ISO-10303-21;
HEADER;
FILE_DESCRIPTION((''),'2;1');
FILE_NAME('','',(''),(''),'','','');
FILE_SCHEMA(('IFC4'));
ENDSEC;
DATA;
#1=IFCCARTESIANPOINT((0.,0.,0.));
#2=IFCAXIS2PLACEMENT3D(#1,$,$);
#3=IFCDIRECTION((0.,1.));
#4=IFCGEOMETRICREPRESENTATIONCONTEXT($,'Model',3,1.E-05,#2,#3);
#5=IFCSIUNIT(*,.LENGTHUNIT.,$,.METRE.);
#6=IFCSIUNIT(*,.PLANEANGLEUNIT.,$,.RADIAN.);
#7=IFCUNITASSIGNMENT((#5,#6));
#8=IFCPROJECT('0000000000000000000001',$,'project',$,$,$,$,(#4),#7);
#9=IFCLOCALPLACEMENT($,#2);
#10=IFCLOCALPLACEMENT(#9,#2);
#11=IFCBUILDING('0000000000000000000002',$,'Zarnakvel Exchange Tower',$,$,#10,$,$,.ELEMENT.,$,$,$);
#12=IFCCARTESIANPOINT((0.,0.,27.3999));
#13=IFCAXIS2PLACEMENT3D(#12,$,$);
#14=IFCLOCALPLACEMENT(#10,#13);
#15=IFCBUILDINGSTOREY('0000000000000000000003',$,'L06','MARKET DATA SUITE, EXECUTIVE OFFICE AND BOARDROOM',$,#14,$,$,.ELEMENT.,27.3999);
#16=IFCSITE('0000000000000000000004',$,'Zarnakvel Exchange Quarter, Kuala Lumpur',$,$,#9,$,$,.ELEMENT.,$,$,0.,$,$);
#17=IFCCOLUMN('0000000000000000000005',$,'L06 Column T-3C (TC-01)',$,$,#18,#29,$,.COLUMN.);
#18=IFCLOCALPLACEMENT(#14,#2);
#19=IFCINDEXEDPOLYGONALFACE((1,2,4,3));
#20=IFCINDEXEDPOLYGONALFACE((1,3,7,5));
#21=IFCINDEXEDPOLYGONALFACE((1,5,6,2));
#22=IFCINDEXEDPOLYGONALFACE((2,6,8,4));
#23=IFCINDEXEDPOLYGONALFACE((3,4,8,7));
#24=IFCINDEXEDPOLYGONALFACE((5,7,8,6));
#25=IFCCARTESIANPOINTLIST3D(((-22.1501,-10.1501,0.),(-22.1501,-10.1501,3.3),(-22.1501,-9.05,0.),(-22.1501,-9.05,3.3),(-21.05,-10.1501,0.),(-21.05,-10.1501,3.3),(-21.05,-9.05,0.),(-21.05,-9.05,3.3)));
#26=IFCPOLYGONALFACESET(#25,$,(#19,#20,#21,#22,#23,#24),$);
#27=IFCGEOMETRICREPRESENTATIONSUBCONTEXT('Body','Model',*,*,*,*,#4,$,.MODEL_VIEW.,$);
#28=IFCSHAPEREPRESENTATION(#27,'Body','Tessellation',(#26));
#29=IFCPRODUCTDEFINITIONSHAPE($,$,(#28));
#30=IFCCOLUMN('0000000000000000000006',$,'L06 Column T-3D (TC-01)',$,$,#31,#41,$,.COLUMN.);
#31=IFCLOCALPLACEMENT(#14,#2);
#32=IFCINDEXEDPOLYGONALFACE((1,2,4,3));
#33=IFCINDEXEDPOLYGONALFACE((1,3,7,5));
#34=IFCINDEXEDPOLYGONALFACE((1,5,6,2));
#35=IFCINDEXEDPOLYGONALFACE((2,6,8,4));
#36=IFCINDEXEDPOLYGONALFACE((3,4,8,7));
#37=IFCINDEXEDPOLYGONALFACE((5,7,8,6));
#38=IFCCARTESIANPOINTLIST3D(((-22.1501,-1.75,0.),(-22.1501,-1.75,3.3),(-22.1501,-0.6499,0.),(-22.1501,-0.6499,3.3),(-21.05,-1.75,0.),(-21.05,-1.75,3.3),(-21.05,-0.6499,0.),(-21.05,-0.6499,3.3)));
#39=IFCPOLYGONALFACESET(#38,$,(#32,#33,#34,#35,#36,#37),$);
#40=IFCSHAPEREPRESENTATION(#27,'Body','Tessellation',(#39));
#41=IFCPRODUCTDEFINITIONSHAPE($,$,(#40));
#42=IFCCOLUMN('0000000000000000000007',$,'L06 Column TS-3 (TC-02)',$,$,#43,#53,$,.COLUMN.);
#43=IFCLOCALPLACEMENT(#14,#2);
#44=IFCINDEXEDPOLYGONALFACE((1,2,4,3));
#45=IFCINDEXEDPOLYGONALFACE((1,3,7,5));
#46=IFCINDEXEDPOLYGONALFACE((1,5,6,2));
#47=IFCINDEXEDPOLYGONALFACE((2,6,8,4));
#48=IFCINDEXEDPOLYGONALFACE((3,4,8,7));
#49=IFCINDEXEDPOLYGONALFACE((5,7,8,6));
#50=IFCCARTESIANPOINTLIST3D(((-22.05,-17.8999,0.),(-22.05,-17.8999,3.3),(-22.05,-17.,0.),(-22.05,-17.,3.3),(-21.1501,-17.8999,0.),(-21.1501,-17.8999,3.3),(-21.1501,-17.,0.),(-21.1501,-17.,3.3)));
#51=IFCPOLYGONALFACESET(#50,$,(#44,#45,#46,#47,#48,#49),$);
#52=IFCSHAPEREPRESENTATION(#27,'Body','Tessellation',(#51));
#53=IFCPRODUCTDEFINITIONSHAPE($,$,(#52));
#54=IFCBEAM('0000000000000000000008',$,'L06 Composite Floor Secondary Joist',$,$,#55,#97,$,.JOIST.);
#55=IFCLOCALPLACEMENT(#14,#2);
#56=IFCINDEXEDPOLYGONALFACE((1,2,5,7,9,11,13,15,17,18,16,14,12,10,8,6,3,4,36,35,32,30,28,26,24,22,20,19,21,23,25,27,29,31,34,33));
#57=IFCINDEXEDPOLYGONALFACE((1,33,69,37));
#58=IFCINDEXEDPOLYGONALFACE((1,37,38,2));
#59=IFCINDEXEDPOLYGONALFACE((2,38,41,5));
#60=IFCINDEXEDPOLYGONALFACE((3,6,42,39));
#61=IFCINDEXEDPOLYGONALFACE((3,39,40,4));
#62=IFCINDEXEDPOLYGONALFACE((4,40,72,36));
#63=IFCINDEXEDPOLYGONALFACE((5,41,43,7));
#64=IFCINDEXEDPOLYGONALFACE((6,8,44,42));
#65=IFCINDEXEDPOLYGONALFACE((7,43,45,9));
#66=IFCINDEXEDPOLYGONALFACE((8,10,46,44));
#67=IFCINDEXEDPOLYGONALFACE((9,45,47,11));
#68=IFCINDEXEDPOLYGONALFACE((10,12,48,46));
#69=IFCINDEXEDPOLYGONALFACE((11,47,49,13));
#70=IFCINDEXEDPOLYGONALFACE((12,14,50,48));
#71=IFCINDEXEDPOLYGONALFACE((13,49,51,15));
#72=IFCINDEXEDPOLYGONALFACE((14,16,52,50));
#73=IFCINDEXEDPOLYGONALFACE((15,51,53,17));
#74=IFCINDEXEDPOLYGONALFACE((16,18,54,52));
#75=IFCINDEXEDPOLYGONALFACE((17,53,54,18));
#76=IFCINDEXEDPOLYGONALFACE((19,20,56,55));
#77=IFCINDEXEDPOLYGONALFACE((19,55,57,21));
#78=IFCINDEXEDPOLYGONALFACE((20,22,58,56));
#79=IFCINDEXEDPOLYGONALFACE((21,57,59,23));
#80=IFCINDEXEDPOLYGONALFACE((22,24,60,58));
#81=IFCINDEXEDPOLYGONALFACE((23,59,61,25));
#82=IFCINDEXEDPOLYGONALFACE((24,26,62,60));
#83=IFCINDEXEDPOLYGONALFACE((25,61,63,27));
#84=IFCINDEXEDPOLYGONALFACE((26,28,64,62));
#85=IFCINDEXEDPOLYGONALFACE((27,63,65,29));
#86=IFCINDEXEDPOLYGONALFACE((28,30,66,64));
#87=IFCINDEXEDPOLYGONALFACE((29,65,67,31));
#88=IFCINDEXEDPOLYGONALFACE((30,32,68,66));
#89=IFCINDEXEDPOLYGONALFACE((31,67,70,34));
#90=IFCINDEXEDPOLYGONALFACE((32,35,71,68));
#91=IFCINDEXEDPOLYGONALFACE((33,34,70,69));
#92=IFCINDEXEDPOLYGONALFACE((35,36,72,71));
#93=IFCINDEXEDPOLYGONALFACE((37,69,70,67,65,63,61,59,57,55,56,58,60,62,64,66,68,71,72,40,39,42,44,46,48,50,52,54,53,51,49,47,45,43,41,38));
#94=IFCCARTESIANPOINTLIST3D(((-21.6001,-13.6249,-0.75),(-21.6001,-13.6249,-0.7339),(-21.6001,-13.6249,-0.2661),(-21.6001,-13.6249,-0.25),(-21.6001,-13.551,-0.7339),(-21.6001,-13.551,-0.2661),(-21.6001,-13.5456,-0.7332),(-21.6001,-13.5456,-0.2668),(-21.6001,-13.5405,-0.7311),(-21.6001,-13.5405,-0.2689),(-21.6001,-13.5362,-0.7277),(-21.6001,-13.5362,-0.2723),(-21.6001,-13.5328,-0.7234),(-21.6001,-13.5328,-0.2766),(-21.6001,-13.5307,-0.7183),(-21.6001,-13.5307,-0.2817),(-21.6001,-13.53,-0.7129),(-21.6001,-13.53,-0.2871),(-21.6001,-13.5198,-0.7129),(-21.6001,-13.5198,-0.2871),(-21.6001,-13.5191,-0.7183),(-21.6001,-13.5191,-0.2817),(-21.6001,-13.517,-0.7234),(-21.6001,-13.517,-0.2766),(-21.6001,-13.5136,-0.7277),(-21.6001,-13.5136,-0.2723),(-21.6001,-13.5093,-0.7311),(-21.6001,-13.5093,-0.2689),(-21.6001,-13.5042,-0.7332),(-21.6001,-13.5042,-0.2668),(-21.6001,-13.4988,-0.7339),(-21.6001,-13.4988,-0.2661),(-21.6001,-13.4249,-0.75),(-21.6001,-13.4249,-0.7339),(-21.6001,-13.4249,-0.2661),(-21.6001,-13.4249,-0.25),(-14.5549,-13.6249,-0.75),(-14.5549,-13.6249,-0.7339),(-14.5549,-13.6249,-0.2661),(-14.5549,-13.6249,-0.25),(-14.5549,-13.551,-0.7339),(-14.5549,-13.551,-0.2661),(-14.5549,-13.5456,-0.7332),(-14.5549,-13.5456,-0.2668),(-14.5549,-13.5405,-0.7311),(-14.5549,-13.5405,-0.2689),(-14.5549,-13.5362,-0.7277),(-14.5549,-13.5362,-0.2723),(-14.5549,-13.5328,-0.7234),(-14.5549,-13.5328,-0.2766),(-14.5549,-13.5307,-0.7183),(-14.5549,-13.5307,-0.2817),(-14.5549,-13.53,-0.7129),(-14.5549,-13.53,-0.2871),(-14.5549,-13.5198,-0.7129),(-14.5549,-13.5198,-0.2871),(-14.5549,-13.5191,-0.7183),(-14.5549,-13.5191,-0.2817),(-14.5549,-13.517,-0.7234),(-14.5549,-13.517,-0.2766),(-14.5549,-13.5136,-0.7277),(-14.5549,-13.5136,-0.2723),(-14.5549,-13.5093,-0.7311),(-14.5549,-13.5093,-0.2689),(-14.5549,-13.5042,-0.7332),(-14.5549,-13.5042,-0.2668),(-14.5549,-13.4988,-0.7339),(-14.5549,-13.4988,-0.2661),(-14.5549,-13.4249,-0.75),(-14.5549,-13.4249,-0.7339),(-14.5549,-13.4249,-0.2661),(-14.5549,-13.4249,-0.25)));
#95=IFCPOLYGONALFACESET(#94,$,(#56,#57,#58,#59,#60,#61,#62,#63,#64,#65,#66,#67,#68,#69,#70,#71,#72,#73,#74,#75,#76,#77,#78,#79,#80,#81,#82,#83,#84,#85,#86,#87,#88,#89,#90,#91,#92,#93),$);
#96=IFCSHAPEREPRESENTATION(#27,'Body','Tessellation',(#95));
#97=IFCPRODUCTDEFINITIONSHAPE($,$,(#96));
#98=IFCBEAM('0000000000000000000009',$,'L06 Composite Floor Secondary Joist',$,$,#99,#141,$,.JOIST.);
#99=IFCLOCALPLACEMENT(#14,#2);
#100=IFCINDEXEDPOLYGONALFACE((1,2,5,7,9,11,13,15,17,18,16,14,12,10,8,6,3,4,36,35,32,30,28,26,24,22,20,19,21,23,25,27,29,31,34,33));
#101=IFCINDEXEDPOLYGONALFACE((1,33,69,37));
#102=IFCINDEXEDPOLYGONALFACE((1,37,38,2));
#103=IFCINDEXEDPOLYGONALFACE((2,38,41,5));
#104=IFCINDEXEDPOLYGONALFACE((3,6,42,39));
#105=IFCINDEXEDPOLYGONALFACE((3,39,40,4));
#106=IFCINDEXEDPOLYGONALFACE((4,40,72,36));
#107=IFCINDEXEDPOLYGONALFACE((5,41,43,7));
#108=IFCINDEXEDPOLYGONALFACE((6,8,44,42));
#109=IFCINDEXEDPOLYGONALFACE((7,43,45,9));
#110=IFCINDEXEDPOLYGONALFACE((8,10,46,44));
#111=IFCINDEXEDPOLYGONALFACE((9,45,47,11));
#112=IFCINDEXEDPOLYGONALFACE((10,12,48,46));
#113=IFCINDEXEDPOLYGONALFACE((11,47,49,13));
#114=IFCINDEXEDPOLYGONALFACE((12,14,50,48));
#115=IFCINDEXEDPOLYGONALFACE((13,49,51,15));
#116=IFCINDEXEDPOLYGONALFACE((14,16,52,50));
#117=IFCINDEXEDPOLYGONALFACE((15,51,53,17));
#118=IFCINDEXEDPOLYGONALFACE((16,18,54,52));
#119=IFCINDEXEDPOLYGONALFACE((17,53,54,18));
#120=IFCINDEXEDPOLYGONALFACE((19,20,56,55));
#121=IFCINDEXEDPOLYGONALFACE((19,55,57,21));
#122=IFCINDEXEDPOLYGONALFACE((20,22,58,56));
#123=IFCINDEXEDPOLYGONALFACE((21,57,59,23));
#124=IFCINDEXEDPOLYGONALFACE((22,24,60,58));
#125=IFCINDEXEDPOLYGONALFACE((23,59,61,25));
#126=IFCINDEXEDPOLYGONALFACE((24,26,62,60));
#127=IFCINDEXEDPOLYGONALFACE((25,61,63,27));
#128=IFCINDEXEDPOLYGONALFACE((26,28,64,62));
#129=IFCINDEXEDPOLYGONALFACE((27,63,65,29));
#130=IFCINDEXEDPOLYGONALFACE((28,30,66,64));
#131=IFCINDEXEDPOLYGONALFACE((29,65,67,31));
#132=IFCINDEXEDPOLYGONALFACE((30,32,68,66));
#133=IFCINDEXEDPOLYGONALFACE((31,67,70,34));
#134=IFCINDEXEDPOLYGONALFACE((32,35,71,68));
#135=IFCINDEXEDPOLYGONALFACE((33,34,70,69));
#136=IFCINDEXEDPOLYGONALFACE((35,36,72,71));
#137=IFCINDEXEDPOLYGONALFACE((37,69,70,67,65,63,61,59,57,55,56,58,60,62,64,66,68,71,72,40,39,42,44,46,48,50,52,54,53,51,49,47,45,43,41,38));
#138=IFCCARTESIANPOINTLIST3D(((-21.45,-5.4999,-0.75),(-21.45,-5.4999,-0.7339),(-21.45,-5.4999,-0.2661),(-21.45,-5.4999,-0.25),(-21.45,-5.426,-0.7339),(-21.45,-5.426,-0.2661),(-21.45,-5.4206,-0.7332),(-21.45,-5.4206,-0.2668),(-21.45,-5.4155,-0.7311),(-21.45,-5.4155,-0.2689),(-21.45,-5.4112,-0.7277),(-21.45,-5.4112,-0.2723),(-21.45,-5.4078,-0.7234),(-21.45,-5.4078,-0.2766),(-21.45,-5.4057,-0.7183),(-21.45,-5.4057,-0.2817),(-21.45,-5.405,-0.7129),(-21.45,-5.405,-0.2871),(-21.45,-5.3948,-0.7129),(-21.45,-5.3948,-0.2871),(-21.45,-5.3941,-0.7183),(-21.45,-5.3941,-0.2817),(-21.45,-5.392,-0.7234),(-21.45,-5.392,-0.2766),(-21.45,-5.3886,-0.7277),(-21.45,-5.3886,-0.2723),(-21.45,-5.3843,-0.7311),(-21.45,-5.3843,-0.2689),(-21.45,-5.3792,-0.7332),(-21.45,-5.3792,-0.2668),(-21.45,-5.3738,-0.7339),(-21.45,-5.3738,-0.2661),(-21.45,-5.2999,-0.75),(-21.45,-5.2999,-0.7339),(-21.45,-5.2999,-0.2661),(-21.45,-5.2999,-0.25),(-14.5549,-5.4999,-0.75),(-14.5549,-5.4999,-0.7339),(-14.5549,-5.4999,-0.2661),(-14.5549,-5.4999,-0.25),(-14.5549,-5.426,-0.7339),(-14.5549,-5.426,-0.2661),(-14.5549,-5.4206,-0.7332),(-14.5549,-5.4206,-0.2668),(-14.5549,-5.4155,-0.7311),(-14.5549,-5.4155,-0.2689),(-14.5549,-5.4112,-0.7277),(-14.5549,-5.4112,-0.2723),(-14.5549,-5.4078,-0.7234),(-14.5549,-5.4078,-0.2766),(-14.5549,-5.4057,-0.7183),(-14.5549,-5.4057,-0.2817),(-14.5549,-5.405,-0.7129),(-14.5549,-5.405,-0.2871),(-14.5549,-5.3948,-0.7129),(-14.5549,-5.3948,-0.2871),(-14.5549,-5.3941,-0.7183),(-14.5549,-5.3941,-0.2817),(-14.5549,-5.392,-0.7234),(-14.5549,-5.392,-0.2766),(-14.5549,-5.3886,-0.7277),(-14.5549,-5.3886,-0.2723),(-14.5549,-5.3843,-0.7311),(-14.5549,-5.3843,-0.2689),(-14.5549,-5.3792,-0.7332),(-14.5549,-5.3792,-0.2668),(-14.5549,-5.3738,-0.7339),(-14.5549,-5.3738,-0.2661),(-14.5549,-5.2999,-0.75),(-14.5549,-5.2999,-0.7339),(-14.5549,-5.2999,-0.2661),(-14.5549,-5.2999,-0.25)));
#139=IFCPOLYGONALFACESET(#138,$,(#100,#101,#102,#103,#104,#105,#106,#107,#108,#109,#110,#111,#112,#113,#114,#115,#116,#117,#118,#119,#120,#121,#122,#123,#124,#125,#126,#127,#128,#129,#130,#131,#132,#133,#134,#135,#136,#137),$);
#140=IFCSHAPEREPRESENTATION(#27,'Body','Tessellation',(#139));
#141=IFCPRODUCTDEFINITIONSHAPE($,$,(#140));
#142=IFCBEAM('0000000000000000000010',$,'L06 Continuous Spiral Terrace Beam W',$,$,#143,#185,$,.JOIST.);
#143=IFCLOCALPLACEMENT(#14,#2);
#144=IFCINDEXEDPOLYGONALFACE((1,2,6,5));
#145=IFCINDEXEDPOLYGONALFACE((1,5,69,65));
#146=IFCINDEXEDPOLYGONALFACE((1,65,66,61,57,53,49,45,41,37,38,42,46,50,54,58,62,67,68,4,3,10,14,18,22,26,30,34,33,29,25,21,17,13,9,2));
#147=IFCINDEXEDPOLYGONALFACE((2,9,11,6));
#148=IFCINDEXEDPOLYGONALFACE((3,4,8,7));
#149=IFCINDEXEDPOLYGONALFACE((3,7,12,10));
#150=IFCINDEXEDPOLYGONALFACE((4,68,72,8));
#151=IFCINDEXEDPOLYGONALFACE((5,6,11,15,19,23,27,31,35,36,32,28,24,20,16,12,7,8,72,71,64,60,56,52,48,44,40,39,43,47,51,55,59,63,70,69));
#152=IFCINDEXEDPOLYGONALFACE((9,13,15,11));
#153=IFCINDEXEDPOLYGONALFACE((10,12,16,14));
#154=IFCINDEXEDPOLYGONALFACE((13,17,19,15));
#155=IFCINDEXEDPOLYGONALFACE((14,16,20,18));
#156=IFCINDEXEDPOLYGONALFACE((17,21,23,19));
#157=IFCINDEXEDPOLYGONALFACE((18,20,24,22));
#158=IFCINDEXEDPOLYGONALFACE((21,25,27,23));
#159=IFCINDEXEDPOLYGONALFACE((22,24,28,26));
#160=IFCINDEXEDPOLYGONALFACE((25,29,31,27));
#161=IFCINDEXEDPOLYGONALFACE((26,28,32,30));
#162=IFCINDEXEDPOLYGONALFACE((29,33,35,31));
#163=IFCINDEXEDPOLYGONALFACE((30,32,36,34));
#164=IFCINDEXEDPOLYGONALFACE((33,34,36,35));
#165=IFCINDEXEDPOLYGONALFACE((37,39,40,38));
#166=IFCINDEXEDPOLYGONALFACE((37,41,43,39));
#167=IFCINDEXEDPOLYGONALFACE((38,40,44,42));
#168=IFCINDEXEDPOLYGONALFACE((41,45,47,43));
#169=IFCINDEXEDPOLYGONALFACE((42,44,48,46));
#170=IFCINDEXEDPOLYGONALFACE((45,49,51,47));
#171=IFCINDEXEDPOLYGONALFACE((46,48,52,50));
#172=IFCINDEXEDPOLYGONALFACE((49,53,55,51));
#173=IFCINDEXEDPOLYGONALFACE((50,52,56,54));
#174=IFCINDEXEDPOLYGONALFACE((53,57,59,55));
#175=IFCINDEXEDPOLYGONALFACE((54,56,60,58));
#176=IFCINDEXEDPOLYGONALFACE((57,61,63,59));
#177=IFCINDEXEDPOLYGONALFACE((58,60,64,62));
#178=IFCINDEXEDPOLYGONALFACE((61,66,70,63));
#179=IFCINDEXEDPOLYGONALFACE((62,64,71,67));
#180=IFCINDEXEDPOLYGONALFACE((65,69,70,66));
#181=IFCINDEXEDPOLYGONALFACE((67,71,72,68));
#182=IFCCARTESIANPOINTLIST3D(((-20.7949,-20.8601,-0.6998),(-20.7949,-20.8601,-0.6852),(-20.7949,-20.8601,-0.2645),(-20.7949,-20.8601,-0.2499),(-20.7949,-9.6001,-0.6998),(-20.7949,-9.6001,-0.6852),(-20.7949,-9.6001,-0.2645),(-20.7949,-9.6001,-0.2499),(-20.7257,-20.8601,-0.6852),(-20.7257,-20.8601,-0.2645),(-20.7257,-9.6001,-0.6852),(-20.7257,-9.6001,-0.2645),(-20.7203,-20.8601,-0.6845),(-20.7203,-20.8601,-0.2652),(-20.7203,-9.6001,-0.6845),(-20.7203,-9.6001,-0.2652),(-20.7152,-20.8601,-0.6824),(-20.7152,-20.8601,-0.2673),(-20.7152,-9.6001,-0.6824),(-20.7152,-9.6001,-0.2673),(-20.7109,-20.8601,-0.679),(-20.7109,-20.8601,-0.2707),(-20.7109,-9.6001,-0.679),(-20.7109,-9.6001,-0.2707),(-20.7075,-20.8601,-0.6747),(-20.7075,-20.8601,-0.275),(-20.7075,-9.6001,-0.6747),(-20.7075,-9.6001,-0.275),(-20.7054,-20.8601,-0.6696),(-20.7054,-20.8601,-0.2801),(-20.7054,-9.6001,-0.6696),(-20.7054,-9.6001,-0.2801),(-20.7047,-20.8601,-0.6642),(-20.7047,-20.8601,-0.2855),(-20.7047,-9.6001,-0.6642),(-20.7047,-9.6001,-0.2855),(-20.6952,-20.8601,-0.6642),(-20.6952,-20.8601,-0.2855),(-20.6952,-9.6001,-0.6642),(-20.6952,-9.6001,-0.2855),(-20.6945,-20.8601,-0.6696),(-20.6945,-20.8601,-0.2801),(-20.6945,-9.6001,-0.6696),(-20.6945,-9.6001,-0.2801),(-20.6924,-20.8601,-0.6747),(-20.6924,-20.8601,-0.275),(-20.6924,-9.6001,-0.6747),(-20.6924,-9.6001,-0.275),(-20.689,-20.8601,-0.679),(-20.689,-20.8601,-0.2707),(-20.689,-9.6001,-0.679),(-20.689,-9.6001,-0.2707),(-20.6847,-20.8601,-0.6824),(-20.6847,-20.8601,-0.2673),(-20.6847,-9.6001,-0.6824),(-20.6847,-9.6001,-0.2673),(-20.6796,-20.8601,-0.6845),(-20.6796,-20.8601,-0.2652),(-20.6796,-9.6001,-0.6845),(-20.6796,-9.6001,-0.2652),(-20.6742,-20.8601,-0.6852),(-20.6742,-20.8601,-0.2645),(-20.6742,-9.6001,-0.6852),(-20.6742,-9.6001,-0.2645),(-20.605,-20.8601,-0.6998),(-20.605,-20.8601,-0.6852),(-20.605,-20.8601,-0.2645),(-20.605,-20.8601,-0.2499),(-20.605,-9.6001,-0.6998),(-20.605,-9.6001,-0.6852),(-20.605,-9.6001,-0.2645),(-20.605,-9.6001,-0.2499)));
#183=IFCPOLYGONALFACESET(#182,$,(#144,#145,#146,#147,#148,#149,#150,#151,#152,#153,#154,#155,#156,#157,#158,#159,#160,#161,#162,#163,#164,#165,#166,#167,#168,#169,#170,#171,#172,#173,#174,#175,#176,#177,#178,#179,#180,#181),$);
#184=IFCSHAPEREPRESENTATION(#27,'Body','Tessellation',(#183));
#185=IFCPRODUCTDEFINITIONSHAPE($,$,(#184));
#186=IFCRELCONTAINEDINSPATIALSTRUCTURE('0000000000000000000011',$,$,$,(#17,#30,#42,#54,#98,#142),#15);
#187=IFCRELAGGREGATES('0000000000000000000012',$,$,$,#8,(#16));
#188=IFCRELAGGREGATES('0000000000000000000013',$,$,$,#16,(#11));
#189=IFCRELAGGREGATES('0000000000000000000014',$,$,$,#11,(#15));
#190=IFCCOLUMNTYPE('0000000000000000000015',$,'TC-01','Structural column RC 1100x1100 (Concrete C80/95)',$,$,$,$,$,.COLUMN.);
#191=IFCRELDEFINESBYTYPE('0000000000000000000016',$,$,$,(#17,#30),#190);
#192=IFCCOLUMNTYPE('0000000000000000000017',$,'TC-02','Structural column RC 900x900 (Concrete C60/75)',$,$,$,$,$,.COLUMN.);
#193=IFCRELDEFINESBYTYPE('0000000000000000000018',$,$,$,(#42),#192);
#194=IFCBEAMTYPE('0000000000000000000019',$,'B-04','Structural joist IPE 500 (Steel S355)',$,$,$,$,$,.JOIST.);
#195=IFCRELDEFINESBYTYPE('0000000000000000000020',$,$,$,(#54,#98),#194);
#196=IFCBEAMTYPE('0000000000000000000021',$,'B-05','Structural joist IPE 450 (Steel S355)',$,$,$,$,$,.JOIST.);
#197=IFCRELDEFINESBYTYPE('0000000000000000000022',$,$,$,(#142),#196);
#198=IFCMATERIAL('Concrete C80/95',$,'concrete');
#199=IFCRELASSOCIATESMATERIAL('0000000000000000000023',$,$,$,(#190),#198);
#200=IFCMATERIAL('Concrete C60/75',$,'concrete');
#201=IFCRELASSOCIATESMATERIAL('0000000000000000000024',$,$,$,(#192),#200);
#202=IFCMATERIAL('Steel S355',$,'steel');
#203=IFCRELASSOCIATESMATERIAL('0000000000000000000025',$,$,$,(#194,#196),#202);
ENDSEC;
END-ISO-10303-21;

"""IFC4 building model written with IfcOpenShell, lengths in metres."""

from ifc_helpers import new_model, si_unit, direction, frame, origin, origin_2d, place, context, subcontext, project, spatial, rectangle, i_section, extrude, material, material_profile, profile_set, type_object, element, save


model = new_model("IFC4")

# Units and contexts
model_context = context("Model", 3, precision=1e-05, world=origin(), true_north=direction((0.0, 1.0)))
body_context = subcontext(model_context, "Body", "Model", "MODEL_VIEW")
ifc_project = project(units=[si_unit("LENGTHUNIT", "METRE"), si_unit("PLANEANGLEUNIT", "RADIAN")], contexts=[model_context])

# Site, building, storey
site_placement = place(None, origin())
site = spatial("IfcSite", under=ifc_project, at=site_placement, Name="Zarnakvel Exchange Quarter, Kuala Lumpur", CompositionType="ELEMENT", RefElevation=0.0)
building_placement = place(site_placement, origin())
building = spatial("IfcBuilding", under=site, at=building_placement, Name="Zarnakvel Exchange Tower", CompositionType="ELEMENT")
storey_placement = place(building_placement, frame((0.0, 0.0, 27.3999)))
storey = spatial("IfcBuildingStorey", under=building, at=storey_placement, Name="L06", Description="MARKET DATA SUITE, EXECUTIVE OFFICE AND BOARDROOM", CompositionType="ELEMENT", Elevation=27.3999)

# Columns
ifc_material_1 = material(Name="Concrete C80/95", Category="concrete")
ifc_material_profile_1 = material_profile(ifc_material_1, rectangle(XDim=1.1001, YDim=1.1001, at=origin_2d()))
ifc_profile_set_1 = profile_set([ifc_material_profile_1], Name="Concrete C80/95")
column_type_1 = type_object("IfcColumnType", Name="TC-01", Description="Structural column RC 1100x1100 (Concrete C80/95)", PredefinedType="COLUMN", material=ifc_profile_set_1)
for number, where, z_axis, x_axis, name in (
    (1, (-21.6001, -9.6001, 0.0), (0.0, 0.0, 1.0), (1.0, 0.0, 0.0), "L06 Column T-3C (TC-01)"),
    (2, (-21.6001, -1.2, 0.0), (0.0, 0.0, 1.0), (1.0, 0.0, 0.0), "L06 Column T-3D (TC-01)"),
):
    element("IfcColumn", number, at=place(storey_placement, frame(where, z_axis=z_axis, x_axis=x_axis)), inside=storey, type_object=column_type_1, Name=name, PredefinedType="COLUMN", context=body_context, shape_type="SweptSolid", body=[
        extrude(rectangle(XDim=1.1001, YDim=1.1001, at=origin_2d()), origin(), (0.0, 0.0, 1.0), 3.3),
    ])
ifc_material_2 = material(Name="Concrete C60/75", Category="concrete")
ifc_material_profile_2 = material_profile(ifc_material_2, rectangle(XDim=0.8999, YDim=0.8999, at=origin_2d()))
ifc_profile_set_2 = profile_set([ifc_material_profile_2], Name="Concrete C60/75")
column_type_2 = type_object("IfcColumnType", Name="TC-02", Description="Structural column RC 900x900 (Concrete C60/75)", PredefinedType="COLUMN", material=ifc_profile_set_2)
column_placement = place(storey_placement, frame((-21.6001, -17.45, 0.0), z_axis=(0.0, 0.0, 1.0), x_axis=(1.0, 0.0, 0.0)))
element("IfcColumn", 3, at=column_placement, inside=storey, type_object=column_type_2, Name="L06 Column TS-3 (TC-02)", PredefinedType="COLUMN", context=body_context, shape_type="SweptSolid", body=[
    extrude(rectangle(XDim=0.8999, YDim=0.8999, at=origin_2d()), origin(), (0.0, 0.0, 1.0), 3.3),
])

# Beams
ifc_material_3 = material(Name="Steel S355", Category="steel")
ifc_material_profile_3 = material_profile(ifc_material_3, i_section(OverallWidth=0.2, OverallDepth=0.5, WebThickness=0.0103, FlangeThickness=0.0161, FilletRadius=0.021, at=origin_2d()))
ifc_profile_set_3 = profile_set([ifc_material_profile_3], Name="Steel S355")
beam_type_1 = type_object("IfcBeamType", Name="B-04", Description="Structural joist IPE 500 (Steel S355)", PredefinedType="JOIST", material=ifc_profile_set_3)
beam_1_placement = place(storey_placement, frame((-21.6001, -13.5249, -0.5), z_axis=(1.0, 0.0, 0.0), x_axis=(0.0, 1.0, 0.0)))
element("IfcBeam", 4, at=beam_1_placement, inside=storey, type_object=beam_type_1, Name="L06 Composite Floor Secondary Joist", PredefinedType="JOIST", context=body_context, shape_type="SweptSolid", body=[
    extrude(i_section(OverallWidth=0.2, OverallDepth=0.5, WebThickness=0.0103, FlangeThickness=0.0161, FilletRadius=0.021, at=origin_2d()), origin(), (0.0, 0.0, 1.0), 7.0452),
])
beam_2_placement = place(storey_placement, frame((-21.45, -5.3999, -0.5), z_axis=(1.0, 0.0, 0.0), x_axis=(0.0, 1.0, 0.0)))
element("IfcBeam", 5, at=beam_2_placement, inside=storey, type_object=beam_type_1, Name="L06 Composite Floor Secondary Joist", PredefinedType="JOIST", context=body_context, shape_type="SweptSolid", body=[
    extrude(i_section(OverallWidth=0.2, OverallDepth=0.5, WebThickness=0.0103, FlangeThickness=0.0161, FilletRadius=0.021, at=origin_2d()), origin(), (0.0, 0.0, 1.0), 6.895),
])
ifc_material_profile_4 = material_profile(ifc_material_3, i_section(OverallWidth=0.1899, OverallDepth=0.45, WebThickness=0.0095, FlangeThickness=0.0146, FilletRadius=0.021, at=origin_2d()))
ifc_profile_set_4 = profile_set([ifc_material_profile_4], Name="Steel S355")
beam_type_2 = type_object("IfcBeamType", Name="B-05", Description="Structural joist IPE 450 (Steel S355)", PredefinedType="JOIST", material=ifc_profile_set_4)
beam_3_placement = place(storey_placement, frame((-20.7, -9.6001, -0.4749), z_axis=(0.0, -1.0, 0.0), x_axis=(1.0, 0.0, 0.0)))
element("IfcBeam", 6, at=beam_3_placement, inside=storey, type_object=beam_type_2, Name="L06 Continuous Spiral Terrace Beam W", PredefinedType="JOIST", context=body_context, shape_type="SweptSolid", body=[
    extrude(i_section(OverallWidth=0.1899, OverallDepth=0.45, WebThickness=0.0095, FlangeThickness=0.0146, FilletRadius=0.021, at=origin_2d()), origin(), (0.0, 0.0, 1.0), 11.26),
])

save(model, "model.ifc")
